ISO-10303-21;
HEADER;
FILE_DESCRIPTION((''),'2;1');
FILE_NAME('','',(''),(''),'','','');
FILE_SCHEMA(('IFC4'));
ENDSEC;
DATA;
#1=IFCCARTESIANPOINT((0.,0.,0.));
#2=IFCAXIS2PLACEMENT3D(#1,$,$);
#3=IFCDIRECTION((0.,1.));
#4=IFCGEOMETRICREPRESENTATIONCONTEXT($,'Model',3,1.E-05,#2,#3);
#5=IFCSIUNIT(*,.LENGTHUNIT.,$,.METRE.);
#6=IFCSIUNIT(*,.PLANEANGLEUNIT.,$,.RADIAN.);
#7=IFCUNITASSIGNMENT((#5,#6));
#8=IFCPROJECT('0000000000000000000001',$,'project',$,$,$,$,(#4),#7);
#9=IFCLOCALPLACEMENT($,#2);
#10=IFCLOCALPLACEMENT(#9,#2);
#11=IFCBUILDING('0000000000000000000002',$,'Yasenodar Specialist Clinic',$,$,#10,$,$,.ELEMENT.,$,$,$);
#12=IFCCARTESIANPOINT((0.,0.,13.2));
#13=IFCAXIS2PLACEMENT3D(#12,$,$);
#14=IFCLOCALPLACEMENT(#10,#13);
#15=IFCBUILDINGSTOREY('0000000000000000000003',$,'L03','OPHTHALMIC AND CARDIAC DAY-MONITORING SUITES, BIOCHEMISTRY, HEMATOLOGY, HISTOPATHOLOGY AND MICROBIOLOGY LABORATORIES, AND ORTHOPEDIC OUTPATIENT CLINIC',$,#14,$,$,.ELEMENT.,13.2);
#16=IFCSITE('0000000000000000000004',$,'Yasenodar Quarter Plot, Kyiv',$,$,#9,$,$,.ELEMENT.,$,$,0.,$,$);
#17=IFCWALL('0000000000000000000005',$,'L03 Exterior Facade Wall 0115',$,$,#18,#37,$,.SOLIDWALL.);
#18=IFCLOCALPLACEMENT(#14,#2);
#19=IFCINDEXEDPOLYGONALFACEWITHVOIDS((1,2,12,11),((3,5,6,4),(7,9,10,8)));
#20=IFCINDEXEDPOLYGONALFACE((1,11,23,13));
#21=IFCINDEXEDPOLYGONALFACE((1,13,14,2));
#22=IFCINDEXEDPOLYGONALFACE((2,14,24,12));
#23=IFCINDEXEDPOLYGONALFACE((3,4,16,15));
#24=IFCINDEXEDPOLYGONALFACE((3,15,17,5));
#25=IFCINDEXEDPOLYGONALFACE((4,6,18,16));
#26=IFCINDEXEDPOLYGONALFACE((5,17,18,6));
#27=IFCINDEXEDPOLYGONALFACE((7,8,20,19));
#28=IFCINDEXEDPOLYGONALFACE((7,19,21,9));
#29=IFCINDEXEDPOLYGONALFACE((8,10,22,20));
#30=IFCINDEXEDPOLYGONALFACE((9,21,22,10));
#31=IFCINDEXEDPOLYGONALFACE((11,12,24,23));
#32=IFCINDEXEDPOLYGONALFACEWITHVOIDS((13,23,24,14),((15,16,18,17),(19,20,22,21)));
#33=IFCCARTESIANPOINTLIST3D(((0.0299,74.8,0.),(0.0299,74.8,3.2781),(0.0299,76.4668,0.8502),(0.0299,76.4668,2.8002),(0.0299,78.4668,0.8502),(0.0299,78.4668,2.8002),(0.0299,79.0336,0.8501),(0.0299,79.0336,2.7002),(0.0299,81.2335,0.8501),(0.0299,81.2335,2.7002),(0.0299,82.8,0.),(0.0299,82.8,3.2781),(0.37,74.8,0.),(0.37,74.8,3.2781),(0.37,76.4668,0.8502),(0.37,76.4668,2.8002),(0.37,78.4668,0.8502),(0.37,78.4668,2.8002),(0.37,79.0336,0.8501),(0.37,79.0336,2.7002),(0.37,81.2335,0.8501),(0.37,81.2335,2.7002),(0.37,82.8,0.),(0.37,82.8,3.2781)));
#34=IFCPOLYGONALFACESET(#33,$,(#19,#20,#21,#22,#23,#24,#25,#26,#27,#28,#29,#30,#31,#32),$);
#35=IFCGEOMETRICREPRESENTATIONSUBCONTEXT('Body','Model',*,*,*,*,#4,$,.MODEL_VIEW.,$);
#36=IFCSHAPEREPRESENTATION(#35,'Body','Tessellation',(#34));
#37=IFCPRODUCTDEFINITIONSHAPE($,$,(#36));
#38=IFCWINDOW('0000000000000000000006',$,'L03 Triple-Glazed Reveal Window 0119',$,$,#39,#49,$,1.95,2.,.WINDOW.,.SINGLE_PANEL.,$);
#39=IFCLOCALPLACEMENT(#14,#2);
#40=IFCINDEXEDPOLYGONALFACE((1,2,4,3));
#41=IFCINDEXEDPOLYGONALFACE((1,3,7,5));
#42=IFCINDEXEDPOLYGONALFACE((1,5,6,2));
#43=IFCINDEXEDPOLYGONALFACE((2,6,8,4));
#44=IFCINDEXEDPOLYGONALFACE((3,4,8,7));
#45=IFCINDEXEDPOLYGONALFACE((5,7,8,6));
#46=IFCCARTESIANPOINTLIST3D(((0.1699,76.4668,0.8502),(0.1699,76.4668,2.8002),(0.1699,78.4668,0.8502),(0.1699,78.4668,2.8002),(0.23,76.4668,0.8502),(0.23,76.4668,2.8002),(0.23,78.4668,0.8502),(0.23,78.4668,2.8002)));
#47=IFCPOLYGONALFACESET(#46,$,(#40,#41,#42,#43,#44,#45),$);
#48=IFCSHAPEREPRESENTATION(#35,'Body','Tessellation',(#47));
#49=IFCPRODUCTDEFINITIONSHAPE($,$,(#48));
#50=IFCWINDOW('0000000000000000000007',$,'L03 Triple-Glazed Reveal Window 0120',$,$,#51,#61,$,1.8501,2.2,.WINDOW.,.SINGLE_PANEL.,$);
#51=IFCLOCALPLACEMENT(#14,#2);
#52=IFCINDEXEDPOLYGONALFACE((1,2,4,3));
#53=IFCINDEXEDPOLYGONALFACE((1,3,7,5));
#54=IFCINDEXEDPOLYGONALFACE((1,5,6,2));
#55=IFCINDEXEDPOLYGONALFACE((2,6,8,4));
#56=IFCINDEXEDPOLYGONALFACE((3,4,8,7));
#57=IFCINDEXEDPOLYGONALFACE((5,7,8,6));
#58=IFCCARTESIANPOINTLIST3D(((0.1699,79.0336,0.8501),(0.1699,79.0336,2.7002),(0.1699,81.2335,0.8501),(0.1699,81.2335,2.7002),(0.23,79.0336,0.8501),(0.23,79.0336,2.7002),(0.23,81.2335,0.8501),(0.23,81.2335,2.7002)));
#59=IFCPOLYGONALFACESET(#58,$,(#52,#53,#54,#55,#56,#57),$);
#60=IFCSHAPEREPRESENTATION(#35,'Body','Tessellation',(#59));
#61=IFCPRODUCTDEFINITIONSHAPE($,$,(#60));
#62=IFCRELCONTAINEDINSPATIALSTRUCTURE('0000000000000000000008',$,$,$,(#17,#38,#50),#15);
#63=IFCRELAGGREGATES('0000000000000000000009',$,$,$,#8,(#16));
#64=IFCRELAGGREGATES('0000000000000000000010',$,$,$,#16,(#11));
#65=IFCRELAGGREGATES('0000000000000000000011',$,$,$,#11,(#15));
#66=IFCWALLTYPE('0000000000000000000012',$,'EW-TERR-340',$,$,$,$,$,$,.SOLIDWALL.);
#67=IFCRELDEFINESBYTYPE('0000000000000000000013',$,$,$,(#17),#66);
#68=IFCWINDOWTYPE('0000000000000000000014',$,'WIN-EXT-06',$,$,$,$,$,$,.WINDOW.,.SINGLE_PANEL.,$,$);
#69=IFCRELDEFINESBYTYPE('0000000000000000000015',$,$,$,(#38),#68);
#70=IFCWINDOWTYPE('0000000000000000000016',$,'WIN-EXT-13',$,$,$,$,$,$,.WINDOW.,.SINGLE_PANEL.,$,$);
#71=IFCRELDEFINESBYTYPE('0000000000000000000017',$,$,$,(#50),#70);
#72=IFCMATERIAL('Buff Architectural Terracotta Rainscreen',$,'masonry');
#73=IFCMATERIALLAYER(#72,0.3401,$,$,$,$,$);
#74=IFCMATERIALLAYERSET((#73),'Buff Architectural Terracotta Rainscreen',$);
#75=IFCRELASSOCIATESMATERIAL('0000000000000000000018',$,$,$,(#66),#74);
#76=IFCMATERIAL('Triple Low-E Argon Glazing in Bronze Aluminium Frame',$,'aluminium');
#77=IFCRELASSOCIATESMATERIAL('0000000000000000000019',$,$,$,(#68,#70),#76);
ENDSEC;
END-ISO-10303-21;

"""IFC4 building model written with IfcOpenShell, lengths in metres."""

from ifc_helpers import new_model, si_unit, direction, frame, frame_2d, origin, place, context, subcontext, project, spatial, rectangle, extrude, material, layer, layer_set, type_object, element, fill, save


model = new_model("IFC4")

# Units and contexts
model_context = context("Model", 3, precision=1e-05, world=origin(), true_north=direction((0.0, 1.0)))
body_context = subcontext(model_context, "Body", "Model", "MODEL_VIEW")
ifc_project = project(units=[si_unit("LENGTHUNIT", "METRE"), si_unit("PLANEANGLEUNIT", "RADIAN")], contexts=[model_context])

# Site, building, storey
site_placement = place(None, origin())
site = spatial("IfcSite", under=ifc_project, at=site_placement, Name="Yasenodar Quarter Plot, Kyiv", CompositionType="ELEMENT", RefElevation=0.0)
building_placement = place(site_placement, origin())
building = spatial("IfcBuilding", under=site, at=building_placement, Name="Yasenodar Specialist Clinic", CompositionType="ELEMENT")
storey_placement = place(building_placement, frame((0.0, 0.0, 13.2)))
storey = spatial("IfcBuildingStorey", under=building, at=storey_placement, Name="L03", Description="OPHTHALMIC AND CARDIAC DAY-MONITORING SUITES, BIOCHEMISTRY, HEMATOLOGY, HISTOPATHOLOGY AND MICROBIOLOGY LABORATORIES, AND ORTHOPEDIC OUTPATIENT CLINIC", CompositionType="ELEMENT", Elevation=13.2)

# Wall, openings, windows
ifc_material_1 = material(Name="Buff Architectural Terracotta Rainscreen", Category="masonry")
ifc_layer_1 = layer(ifc_material_1, 0.3401)
ifc_layer_set_1 = layer_set([ifc_layer_1], Name="Buff Architectural Terracotta Rainscreen")
wall_type = type_object("IfcWallType", Name="EW-TERR-340", PredefinedType="SOLIDWALL", material=ifc_layer_set_1)
wall_placement = place(storey_placement, frame((0.2, 74.8, 0.0), z_axis=(0.0, 0.0, 1.0), x_axis=(0.0, 1.0, 0.0)))
wall = element("IfcWall", 1, at=wall_placement, inside=storey, type_object=wall_type, Name="L03 Exterior Facade Wall 0115", PredefinedType="SOLIDWALL", context=body_context, shape_type="SweptSolid", body=[
    extrude(rectangle(XDim=8.0, YDim=0.3401, at=frame_2d((4.0, 0.0))), origin(), (0.0, 0.0, 1.0), 3.2781),
])
opening_1_placement = place(wall_placement, frame((1.6667, 0.0, 0.8501)))
opening_1 = element("IfcOpeningElement", 2, at=opening_1_placement, cuts=wall, PredefinedType="OPENING", context=body_context, shape_type="SweptSolid", body=[
    extrude(rectangle(XDim=2.0, YDim=1.95, at=frame_2d((1.0, 0.9751))), frame((0.0, 0.1802, 0.0), z_axis=(0.0, -1.0, 0.0), x_axis=(1.0, 0.0, 0.0)), (0.0, 0.0, 1.0), 0.3601),
])
opening_2_placement = place(wall_placement, frame((4.2334, 0.0, 0.8501)))
opening_2 = element("IfcOpeningElement", 3, at=opening_2_placement, cuts=wall, PredefinedType="OPENING", context=body_context, shape_type="SweptSolid", body=[
    extrude(rectangle(XDim=2.2, YDim=1.8501, at=frame_2d((1.1001, 0.925))), frame((0.0, 0.1802, 0.0), z_axis=(0.0, -1.0, 0.0), x_axis=(1.0, 0.0, 0.0)), (0.0, 0.0, 1.0), 0.3601),
])
ifc_material_2 = material(Name="Triple Low-E Argon Glazing in Bronze Aluminium Frame", Category="aluminium")
window_type_1 = type_object("IfcWindowType", Name="WIN-EXT-06", PartitioningType="SINGLE_PANEL", PredefinedType="WINDOW", material=ifc_material_2)
window_1_placement = place(opening_1_placement, origin())
window_1 = element("IfcWindow", 4, at=window_1_placement, inside=storey, type_object=window_type_1, Name="L03 Triple-Glazed Reveal Window 0119", OverallHeight=1.95, OverallWidth=2.0, PartitioningType="SINGLE_PANEL", PredefinedType="WINDOW", context=body_context, shape_type="SweptSolid", body=[
    extrude(rectangle(XDim=2.0, YDim=1.95, at=frame_2d((1.0, 0.9751))), frame((0.0, 0.03, 0.0), z_axis=(0.0, -1.0, 0.0), x_axis=(1.0, 0.0, 0.0)), (0.0, 0.0, 1.0), 0.0601),
])
fill(opening_1, window_1)
window_type_2 = type_object("IfcWindowType", Name="WIN-EXT-13", PartitioningType="SINGLE_PANEL", PredefinedType="WINDOW", material=ifc_material_2)
window_2_placement = place(opening_2_placement, origin())
window_2 = element("IfcWindow", 5, at=window_2_placement, inside=storey, type_object=window_type_2, Name="L03 Triple-Glazed Reveal Window 0120", OverallHeight=1.8501, OverallWidth=2.2, PartitioningType="SINGLE_PANEL", PredefinedType="WINDOW", context=body_context, shape_type="SweptSolid", body=[
    extrude(rectangle(XDim=2.2, YDim=1.8501, at=frame_2d((1.1001, 0.925))), frame((0.0, 0.03, 0.0), z_axis=(0.0, -1.0, 0.0), x_axis=(1.0, 0.0, 0.0)), (0.0, 0.0, 1.0), 0.0601),
])
fill(opening_2, window_2)

save(model, "model.ifc")
